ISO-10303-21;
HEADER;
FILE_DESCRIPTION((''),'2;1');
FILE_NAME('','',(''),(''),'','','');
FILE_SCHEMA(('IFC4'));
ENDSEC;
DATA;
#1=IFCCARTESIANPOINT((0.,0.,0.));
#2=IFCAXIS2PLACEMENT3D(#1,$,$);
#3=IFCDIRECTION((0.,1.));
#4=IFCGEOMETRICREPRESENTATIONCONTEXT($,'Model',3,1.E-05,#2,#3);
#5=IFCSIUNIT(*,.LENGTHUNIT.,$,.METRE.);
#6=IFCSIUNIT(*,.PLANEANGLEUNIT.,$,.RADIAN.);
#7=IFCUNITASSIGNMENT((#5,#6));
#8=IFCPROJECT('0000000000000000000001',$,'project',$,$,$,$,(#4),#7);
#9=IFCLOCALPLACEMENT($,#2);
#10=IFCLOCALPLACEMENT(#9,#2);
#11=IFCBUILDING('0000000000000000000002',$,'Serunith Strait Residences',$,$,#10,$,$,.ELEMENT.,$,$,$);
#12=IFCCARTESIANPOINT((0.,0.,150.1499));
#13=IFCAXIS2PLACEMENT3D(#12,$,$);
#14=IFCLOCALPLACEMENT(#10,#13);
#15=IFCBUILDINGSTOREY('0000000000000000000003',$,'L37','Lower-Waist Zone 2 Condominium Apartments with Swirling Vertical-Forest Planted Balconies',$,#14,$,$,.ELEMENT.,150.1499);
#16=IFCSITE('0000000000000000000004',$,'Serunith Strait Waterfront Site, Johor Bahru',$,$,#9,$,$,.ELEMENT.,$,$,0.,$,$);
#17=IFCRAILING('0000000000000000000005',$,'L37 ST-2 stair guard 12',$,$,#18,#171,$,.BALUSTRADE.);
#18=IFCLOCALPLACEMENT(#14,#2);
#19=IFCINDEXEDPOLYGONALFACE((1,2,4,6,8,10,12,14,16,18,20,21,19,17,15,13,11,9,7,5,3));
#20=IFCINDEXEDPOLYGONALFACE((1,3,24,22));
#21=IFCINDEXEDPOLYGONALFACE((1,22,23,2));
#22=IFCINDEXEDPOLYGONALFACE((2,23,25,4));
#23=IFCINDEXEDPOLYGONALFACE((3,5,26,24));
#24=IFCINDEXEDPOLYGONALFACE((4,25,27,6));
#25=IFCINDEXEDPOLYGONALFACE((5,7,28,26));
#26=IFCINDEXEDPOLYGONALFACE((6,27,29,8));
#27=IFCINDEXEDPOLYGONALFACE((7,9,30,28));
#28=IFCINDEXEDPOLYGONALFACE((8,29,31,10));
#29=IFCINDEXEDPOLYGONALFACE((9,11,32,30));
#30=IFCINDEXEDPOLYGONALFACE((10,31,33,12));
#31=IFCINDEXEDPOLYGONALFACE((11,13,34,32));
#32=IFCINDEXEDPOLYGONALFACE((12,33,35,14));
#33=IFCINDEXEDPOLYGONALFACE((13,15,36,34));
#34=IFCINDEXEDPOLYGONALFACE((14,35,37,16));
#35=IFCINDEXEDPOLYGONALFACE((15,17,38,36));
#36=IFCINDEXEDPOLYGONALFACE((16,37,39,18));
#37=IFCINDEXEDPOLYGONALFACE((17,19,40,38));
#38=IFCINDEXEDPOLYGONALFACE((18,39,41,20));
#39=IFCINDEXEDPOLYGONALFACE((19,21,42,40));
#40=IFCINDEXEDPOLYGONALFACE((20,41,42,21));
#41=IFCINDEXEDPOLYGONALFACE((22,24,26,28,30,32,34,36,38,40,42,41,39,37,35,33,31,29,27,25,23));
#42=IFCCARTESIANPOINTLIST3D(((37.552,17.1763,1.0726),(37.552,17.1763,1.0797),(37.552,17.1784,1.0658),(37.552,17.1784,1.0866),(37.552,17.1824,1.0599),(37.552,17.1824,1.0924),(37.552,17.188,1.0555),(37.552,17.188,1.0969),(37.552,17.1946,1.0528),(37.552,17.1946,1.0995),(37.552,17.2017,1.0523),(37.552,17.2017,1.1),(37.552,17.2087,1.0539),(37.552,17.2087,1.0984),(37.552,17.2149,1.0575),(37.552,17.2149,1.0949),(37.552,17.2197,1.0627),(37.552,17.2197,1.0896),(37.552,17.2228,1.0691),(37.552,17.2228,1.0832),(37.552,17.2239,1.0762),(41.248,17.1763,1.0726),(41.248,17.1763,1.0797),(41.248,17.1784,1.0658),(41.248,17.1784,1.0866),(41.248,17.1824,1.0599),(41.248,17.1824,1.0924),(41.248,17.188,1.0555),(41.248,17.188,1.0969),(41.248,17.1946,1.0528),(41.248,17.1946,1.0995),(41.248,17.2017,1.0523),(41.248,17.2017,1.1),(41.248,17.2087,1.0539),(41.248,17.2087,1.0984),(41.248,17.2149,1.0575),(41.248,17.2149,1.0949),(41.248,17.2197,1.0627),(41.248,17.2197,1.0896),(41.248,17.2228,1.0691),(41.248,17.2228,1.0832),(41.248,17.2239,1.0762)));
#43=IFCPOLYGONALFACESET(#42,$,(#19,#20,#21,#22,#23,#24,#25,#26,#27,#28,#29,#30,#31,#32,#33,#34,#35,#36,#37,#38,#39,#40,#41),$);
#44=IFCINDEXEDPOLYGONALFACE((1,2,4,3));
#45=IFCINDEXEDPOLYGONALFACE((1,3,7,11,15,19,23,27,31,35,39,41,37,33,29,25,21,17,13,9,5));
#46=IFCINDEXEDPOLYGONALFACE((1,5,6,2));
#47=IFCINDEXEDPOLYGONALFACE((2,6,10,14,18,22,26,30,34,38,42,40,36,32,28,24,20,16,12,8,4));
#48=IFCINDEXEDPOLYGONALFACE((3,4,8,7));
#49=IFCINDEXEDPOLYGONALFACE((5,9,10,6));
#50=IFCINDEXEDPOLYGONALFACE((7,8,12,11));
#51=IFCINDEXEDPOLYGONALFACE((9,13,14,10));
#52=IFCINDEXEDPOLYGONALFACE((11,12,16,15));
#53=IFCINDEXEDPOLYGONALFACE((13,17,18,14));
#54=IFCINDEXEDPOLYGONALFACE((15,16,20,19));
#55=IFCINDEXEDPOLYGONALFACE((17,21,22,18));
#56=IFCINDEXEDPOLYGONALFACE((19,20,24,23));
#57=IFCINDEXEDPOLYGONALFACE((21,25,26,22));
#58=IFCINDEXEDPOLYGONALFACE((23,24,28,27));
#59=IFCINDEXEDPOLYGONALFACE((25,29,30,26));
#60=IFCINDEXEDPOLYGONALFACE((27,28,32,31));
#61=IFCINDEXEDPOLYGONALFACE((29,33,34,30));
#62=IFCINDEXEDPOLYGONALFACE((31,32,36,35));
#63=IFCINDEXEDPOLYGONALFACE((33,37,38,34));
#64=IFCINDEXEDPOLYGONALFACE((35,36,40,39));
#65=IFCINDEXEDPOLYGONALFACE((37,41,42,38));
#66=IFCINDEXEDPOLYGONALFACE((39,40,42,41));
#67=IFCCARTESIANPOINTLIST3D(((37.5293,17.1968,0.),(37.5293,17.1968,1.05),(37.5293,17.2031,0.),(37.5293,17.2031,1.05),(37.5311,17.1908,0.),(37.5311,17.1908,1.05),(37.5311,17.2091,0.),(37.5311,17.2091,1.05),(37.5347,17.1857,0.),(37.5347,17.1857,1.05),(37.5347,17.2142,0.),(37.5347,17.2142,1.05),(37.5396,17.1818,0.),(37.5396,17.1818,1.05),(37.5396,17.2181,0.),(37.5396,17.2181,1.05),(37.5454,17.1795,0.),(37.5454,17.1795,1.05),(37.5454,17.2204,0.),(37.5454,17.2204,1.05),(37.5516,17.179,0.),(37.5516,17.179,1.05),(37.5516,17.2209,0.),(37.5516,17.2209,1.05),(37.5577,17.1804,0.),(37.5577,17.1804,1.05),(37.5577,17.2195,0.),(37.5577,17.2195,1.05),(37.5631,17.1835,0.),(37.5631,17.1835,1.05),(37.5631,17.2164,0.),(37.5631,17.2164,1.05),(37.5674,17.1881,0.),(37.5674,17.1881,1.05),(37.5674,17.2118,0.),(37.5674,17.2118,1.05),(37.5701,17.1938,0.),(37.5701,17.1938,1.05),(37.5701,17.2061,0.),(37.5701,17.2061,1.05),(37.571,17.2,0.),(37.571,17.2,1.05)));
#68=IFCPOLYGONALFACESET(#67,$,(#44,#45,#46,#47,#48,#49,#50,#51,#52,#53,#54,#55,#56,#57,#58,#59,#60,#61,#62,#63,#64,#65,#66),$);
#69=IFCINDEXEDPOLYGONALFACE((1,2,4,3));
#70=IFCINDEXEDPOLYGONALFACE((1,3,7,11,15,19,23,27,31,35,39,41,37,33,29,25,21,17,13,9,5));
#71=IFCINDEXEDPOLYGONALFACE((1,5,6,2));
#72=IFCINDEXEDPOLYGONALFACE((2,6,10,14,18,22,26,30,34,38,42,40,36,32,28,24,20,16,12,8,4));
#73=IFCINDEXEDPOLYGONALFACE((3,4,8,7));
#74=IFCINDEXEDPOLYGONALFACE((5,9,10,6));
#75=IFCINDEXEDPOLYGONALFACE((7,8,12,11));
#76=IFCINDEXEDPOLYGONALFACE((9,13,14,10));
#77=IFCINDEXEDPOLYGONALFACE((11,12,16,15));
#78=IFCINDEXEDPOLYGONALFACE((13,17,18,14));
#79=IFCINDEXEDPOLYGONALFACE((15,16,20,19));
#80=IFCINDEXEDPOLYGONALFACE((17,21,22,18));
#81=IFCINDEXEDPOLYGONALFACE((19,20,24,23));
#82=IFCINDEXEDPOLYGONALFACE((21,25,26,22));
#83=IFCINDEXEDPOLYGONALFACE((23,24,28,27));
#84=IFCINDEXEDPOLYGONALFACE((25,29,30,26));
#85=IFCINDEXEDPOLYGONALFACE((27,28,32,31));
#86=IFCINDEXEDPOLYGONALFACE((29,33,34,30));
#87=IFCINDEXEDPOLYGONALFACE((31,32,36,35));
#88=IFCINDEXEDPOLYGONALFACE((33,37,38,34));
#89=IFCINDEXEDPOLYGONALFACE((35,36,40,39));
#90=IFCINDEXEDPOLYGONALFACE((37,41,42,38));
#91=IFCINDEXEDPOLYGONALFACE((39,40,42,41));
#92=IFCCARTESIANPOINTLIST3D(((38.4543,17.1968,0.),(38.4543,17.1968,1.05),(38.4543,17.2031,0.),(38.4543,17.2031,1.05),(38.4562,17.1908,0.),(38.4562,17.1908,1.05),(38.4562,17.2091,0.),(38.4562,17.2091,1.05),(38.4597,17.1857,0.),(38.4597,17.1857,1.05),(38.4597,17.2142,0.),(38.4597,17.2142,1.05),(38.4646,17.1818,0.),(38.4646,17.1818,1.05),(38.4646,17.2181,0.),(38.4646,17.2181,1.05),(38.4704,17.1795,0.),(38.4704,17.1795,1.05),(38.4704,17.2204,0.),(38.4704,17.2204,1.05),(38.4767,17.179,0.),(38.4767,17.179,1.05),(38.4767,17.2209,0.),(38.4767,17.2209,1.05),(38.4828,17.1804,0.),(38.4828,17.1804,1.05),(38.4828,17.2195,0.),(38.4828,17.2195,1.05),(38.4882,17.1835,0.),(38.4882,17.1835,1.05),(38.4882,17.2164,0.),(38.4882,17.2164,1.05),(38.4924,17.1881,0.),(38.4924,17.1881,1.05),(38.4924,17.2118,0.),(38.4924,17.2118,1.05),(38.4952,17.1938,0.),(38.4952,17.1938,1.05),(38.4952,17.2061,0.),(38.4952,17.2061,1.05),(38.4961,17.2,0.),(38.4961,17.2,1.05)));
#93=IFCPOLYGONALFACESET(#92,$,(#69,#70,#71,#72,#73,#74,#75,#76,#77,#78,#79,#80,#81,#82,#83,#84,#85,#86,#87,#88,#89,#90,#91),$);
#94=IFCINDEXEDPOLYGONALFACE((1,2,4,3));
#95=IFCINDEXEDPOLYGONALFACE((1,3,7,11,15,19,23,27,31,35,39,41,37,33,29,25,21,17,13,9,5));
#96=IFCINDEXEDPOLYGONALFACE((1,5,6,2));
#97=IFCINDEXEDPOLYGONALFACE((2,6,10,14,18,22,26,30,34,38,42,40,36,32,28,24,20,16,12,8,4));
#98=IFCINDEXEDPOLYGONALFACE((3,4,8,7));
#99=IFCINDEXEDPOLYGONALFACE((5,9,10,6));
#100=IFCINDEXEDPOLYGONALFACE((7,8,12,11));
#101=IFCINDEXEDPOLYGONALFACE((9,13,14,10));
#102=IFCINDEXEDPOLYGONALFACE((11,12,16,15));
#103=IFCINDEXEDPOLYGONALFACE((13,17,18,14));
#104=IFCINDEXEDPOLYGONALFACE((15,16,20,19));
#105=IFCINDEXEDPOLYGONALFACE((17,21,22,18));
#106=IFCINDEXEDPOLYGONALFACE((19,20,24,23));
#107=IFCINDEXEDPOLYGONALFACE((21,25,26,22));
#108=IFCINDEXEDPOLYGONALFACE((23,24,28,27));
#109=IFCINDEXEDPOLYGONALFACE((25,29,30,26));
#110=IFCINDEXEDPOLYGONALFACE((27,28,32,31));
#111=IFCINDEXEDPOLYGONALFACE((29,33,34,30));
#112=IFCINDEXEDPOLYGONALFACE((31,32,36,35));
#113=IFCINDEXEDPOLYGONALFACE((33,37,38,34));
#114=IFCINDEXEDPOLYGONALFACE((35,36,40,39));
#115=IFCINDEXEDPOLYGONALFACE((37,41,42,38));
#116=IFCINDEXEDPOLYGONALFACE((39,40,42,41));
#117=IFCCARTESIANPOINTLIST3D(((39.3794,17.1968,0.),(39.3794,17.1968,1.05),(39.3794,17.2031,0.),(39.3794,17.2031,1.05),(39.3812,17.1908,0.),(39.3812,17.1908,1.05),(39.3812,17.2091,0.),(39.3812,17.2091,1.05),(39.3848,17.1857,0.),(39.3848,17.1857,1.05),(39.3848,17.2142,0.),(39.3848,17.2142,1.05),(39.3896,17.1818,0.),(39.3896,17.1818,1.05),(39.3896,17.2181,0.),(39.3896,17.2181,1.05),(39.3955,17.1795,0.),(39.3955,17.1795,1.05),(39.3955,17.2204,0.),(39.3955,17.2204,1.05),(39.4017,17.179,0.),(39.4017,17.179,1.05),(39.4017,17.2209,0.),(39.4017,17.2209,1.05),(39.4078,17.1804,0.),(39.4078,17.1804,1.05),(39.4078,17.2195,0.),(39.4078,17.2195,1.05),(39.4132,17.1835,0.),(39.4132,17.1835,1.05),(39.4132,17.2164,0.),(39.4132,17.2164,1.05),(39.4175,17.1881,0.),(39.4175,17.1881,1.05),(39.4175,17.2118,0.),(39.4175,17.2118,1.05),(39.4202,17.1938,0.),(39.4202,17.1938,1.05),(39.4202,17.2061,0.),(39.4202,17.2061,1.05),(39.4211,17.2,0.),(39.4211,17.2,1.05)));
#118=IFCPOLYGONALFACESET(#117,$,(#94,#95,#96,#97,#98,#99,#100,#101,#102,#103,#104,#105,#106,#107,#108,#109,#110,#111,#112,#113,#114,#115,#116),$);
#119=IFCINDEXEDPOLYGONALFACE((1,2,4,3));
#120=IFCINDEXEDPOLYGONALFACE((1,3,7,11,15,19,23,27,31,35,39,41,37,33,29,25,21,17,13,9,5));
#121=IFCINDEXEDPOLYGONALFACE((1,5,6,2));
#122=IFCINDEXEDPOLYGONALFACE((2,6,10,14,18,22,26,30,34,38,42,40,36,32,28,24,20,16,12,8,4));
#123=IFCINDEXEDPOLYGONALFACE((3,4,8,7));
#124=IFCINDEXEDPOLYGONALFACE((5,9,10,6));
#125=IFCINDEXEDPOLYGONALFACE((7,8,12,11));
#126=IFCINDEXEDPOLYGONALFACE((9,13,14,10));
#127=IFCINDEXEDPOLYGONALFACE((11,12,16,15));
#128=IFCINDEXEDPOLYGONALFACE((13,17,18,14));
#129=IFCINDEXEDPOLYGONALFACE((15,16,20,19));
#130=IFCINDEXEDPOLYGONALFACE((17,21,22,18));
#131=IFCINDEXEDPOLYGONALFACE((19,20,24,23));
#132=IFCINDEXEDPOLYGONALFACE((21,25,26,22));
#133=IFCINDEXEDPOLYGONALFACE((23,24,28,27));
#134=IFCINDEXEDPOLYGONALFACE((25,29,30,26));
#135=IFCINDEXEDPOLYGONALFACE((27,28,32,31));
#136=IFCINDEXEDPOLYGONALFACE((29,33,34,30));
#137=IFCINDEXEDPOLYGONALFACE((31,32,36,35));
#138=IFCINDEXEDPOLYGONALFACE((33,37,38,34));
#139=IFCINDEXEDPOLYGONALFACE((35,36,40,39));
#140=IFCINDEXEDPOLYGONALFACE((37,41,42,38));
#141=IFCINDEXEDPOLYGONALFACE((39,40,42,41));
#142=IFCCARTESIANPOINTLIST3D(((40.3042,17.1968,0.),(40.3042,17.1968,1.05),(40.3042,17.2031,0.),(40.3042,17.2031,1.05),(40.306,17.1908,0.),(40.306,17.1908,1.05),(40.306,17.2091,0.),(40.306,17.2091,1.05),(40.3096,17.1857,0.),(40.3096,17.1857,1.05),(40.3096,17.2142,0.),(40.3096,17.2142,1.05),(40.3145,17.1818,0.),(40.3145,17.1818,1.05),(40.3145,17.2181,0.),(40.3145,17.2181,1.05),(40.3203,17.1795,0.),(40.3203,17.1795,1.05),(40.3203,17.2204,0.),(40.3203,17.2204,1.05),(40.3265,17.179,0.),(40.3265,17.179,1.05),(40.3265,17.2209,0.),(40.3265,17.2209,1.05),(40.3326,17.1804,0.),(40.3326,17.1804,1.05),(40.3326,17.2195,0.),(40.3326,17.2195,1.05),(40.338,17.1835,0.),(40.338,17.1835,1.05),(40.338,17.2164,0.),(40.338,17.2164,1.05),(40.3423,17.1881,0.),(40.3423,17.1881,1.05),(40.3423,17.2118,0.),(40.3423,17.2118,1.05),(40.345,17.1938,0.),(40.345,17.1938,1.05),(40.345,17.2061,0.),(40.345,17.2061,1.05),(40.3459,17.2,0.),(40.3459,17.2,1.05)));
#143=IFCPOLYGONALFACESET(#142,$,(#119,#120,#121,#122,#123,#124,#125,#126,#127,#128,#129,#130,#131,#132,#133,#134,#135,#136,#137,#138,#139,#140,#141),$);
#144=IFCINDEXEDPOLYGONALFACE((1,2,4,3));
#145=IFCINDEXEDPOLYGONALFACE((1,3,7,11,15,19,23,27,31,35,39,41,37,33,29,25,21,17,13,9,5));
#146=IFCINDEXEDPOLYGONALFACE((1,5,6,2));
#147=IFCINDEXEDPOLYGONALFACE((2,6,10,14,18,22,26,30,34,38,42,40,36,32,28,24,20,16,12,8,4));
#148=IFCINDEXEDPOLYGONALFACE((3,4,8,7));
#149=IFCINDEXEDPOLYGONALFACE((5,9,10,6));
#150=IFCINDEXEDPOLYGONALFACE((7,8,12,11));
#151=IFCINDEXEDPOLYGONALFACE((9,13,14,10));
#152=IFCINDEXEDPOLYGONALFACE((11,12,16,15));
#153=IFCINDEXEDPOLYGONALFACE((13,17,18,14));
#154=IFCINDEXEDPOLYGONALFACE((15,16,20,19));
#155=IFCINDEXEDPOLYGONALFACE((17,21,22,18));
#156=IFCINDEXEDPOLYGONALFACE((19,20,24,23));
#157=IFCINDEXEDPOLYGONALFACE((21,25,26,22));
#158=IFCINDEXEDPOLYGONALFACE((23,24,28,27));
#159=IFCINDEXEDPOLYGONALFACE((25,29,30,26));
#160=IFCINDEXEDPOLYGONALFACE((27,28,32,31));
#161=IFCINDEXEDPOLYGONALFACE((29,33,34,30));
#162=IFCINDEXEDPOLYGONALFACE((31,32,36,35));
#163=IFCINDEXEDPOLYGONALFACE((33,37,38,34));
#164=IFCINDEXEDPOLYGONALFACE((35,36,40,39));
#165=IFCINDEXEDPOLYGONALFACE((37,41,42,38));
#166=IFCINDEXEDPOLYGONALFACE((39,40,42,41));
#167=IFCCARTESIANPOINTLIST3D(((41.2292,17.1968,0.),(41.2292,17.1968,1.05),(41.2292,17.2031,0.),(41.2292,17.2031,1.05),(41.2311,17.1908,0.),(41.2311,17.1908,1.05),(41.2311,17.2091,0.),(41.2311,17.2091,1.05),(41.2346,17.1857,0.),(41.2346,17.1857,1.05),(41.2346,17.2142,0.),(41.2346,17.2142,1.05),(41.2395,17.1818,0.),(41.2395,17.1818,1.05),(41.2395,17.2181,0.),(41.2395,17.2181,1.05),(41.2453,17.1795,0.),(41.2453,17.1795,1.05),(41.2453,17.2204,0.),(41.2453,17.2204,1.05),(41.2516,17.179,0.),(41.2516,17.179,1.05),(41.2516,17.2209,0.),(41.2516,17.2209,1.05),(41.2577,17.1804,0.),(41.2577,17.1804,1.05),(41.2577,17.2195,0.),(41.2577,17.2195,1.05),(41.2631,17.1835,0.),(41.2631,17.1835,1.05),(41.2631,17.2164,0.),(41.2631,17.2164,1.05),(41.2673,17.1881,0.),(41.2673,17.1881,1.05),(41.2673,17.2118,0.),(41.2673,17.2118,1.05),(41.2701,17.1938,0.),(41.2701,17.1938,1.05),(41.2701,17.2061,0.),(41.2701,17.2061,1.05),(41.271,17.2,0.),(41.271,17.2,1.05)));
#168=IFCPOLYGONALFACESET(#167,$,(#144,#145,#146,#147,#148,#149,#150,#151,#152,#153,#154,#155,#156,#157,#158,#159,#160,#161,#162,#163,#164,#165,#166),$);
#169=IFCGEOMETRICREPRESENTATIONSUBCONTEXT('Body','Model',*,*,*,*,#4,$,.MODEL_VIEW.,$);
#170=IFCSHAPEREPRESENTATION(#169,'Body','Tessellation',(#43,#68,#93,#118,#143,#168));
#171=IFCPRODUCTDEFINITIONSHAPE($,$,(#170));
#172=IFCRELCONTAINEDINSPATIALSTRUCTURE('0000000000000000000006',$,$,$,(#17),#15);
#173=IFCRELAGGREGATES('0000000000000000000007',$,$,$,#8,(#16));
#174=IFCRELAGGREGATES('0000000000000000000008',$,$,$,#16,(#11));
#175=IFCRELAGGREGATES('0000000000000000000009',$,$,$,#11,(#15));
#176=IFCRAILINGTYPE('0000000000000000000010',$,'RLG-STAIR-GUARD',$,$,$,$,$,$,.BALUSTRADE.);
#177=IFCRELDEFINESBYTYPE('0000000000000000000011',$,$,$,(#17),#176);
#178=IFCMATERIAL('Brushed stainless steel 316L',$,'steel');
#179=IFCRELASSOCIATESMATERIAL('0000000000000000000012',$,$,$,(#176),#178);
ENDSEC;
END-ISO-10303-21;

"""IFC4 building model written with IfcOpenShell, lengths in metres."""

from ifc_helpers import new_model, si_unit, direction, frame, origin, origin_2d, place, context, subcontext, project, spatial, circle, extrude, material, type_object, element, save


model = new_model("IFC4")

# Units and contexts
model_context = context("Model", 3, precision=1e-05, world=origin(), true_north=direction((0.0, 1.0)))
body_context = subcontext(model_context, "Body", "Model", "MODEL_VIEW")
ifc_project = project(units=[si_unit("LENGTHUNIT", "METRE"), si_unit("PLANEANGLEUNIT", "RADIAN")], contexts=[model_context])

# Site, building, storey
site_placement = place(None, origin())
site = spatial("IfcSite", under=ifc_project, at=site_placement, Name="Serunith Strait Waterfront Site, Johor Bahru", CompositionType="ELEMENT", RefElevation=0.0)
building_placement = place(site_placement, origin())
building = spatial("IfcBuilding", under=site, at=building_placement, Name="Serunith Strait Residences", CompositionType="ELEMENT")
storey_placement = place(building_placement, frame((0.0, 0.0, 150.1499)))
storey = spatial("IfcBuildingStorey", under=building, at=storey_placement, Name="L37", Description="Lower-Waist Zone 2 Condominium Apartments with Swirling Vertical-Forest Planted Balconies", CompositionType="ELEMENT", Elevation=150.1499)

# Railing
ifc_material_1 = material(Name="Brushed stainless steel 316L", Category="steel")
railing_type_1 = type_object("IfcRailingType", Name="RLG-STAIR-GUARD", PredefinedType="BALUSTRADE", material=ifc_material_1)
railing_1_placement = place(storey_placement, frame((37.55, 17.2, 0.0)))
element("IfcRailing", 1, at=railing_1_placement, inside=storey, type_object=railing_type_1, Name="L37 ST-2 stair guard 12", PredefinedType="BALUSTRADE", context=body_context, shape_type="SweptSolid", body=[
    extrude(circle(Radius=0.0239, at=origin_2d()), frame((0.002, 0.0, 1.0762), z_axis=(1.0, 0.0, 0.0), x_axis=(0.0, 1.0, 0.0)), (0.0, 0.0, 1.0), 3.696),
    extrude(circle(Radius=0.021, at=origin_2d()), origin(), (0.0, 0.0, 1.0), 1.05),
    extrude(circle(Radius=0.021, at=origin_2d()), frame((0.925, 0.0, 0.0)), (0.0, 0.0, 1.0), 1.05),
    extrude(circle(Radius=0.021, at=origin_2d()), frame((1.8501, 0.0, 0.0)), (0.0, 0.0, 1.0), 1.05),
    extrude(circle(Radius=0.021, at=origin_2d()), frame((2.7749, 0.0, 0.0)), (0.0, 0.0, 1.0), 1.05),
    extrude(circle(Radius=0.021, at=origin_2d()), frame((3.7, 0.0, 0.0)), (0.0, 0.0, 1.0), 1.05),
])

save(model, "model.ifc")
